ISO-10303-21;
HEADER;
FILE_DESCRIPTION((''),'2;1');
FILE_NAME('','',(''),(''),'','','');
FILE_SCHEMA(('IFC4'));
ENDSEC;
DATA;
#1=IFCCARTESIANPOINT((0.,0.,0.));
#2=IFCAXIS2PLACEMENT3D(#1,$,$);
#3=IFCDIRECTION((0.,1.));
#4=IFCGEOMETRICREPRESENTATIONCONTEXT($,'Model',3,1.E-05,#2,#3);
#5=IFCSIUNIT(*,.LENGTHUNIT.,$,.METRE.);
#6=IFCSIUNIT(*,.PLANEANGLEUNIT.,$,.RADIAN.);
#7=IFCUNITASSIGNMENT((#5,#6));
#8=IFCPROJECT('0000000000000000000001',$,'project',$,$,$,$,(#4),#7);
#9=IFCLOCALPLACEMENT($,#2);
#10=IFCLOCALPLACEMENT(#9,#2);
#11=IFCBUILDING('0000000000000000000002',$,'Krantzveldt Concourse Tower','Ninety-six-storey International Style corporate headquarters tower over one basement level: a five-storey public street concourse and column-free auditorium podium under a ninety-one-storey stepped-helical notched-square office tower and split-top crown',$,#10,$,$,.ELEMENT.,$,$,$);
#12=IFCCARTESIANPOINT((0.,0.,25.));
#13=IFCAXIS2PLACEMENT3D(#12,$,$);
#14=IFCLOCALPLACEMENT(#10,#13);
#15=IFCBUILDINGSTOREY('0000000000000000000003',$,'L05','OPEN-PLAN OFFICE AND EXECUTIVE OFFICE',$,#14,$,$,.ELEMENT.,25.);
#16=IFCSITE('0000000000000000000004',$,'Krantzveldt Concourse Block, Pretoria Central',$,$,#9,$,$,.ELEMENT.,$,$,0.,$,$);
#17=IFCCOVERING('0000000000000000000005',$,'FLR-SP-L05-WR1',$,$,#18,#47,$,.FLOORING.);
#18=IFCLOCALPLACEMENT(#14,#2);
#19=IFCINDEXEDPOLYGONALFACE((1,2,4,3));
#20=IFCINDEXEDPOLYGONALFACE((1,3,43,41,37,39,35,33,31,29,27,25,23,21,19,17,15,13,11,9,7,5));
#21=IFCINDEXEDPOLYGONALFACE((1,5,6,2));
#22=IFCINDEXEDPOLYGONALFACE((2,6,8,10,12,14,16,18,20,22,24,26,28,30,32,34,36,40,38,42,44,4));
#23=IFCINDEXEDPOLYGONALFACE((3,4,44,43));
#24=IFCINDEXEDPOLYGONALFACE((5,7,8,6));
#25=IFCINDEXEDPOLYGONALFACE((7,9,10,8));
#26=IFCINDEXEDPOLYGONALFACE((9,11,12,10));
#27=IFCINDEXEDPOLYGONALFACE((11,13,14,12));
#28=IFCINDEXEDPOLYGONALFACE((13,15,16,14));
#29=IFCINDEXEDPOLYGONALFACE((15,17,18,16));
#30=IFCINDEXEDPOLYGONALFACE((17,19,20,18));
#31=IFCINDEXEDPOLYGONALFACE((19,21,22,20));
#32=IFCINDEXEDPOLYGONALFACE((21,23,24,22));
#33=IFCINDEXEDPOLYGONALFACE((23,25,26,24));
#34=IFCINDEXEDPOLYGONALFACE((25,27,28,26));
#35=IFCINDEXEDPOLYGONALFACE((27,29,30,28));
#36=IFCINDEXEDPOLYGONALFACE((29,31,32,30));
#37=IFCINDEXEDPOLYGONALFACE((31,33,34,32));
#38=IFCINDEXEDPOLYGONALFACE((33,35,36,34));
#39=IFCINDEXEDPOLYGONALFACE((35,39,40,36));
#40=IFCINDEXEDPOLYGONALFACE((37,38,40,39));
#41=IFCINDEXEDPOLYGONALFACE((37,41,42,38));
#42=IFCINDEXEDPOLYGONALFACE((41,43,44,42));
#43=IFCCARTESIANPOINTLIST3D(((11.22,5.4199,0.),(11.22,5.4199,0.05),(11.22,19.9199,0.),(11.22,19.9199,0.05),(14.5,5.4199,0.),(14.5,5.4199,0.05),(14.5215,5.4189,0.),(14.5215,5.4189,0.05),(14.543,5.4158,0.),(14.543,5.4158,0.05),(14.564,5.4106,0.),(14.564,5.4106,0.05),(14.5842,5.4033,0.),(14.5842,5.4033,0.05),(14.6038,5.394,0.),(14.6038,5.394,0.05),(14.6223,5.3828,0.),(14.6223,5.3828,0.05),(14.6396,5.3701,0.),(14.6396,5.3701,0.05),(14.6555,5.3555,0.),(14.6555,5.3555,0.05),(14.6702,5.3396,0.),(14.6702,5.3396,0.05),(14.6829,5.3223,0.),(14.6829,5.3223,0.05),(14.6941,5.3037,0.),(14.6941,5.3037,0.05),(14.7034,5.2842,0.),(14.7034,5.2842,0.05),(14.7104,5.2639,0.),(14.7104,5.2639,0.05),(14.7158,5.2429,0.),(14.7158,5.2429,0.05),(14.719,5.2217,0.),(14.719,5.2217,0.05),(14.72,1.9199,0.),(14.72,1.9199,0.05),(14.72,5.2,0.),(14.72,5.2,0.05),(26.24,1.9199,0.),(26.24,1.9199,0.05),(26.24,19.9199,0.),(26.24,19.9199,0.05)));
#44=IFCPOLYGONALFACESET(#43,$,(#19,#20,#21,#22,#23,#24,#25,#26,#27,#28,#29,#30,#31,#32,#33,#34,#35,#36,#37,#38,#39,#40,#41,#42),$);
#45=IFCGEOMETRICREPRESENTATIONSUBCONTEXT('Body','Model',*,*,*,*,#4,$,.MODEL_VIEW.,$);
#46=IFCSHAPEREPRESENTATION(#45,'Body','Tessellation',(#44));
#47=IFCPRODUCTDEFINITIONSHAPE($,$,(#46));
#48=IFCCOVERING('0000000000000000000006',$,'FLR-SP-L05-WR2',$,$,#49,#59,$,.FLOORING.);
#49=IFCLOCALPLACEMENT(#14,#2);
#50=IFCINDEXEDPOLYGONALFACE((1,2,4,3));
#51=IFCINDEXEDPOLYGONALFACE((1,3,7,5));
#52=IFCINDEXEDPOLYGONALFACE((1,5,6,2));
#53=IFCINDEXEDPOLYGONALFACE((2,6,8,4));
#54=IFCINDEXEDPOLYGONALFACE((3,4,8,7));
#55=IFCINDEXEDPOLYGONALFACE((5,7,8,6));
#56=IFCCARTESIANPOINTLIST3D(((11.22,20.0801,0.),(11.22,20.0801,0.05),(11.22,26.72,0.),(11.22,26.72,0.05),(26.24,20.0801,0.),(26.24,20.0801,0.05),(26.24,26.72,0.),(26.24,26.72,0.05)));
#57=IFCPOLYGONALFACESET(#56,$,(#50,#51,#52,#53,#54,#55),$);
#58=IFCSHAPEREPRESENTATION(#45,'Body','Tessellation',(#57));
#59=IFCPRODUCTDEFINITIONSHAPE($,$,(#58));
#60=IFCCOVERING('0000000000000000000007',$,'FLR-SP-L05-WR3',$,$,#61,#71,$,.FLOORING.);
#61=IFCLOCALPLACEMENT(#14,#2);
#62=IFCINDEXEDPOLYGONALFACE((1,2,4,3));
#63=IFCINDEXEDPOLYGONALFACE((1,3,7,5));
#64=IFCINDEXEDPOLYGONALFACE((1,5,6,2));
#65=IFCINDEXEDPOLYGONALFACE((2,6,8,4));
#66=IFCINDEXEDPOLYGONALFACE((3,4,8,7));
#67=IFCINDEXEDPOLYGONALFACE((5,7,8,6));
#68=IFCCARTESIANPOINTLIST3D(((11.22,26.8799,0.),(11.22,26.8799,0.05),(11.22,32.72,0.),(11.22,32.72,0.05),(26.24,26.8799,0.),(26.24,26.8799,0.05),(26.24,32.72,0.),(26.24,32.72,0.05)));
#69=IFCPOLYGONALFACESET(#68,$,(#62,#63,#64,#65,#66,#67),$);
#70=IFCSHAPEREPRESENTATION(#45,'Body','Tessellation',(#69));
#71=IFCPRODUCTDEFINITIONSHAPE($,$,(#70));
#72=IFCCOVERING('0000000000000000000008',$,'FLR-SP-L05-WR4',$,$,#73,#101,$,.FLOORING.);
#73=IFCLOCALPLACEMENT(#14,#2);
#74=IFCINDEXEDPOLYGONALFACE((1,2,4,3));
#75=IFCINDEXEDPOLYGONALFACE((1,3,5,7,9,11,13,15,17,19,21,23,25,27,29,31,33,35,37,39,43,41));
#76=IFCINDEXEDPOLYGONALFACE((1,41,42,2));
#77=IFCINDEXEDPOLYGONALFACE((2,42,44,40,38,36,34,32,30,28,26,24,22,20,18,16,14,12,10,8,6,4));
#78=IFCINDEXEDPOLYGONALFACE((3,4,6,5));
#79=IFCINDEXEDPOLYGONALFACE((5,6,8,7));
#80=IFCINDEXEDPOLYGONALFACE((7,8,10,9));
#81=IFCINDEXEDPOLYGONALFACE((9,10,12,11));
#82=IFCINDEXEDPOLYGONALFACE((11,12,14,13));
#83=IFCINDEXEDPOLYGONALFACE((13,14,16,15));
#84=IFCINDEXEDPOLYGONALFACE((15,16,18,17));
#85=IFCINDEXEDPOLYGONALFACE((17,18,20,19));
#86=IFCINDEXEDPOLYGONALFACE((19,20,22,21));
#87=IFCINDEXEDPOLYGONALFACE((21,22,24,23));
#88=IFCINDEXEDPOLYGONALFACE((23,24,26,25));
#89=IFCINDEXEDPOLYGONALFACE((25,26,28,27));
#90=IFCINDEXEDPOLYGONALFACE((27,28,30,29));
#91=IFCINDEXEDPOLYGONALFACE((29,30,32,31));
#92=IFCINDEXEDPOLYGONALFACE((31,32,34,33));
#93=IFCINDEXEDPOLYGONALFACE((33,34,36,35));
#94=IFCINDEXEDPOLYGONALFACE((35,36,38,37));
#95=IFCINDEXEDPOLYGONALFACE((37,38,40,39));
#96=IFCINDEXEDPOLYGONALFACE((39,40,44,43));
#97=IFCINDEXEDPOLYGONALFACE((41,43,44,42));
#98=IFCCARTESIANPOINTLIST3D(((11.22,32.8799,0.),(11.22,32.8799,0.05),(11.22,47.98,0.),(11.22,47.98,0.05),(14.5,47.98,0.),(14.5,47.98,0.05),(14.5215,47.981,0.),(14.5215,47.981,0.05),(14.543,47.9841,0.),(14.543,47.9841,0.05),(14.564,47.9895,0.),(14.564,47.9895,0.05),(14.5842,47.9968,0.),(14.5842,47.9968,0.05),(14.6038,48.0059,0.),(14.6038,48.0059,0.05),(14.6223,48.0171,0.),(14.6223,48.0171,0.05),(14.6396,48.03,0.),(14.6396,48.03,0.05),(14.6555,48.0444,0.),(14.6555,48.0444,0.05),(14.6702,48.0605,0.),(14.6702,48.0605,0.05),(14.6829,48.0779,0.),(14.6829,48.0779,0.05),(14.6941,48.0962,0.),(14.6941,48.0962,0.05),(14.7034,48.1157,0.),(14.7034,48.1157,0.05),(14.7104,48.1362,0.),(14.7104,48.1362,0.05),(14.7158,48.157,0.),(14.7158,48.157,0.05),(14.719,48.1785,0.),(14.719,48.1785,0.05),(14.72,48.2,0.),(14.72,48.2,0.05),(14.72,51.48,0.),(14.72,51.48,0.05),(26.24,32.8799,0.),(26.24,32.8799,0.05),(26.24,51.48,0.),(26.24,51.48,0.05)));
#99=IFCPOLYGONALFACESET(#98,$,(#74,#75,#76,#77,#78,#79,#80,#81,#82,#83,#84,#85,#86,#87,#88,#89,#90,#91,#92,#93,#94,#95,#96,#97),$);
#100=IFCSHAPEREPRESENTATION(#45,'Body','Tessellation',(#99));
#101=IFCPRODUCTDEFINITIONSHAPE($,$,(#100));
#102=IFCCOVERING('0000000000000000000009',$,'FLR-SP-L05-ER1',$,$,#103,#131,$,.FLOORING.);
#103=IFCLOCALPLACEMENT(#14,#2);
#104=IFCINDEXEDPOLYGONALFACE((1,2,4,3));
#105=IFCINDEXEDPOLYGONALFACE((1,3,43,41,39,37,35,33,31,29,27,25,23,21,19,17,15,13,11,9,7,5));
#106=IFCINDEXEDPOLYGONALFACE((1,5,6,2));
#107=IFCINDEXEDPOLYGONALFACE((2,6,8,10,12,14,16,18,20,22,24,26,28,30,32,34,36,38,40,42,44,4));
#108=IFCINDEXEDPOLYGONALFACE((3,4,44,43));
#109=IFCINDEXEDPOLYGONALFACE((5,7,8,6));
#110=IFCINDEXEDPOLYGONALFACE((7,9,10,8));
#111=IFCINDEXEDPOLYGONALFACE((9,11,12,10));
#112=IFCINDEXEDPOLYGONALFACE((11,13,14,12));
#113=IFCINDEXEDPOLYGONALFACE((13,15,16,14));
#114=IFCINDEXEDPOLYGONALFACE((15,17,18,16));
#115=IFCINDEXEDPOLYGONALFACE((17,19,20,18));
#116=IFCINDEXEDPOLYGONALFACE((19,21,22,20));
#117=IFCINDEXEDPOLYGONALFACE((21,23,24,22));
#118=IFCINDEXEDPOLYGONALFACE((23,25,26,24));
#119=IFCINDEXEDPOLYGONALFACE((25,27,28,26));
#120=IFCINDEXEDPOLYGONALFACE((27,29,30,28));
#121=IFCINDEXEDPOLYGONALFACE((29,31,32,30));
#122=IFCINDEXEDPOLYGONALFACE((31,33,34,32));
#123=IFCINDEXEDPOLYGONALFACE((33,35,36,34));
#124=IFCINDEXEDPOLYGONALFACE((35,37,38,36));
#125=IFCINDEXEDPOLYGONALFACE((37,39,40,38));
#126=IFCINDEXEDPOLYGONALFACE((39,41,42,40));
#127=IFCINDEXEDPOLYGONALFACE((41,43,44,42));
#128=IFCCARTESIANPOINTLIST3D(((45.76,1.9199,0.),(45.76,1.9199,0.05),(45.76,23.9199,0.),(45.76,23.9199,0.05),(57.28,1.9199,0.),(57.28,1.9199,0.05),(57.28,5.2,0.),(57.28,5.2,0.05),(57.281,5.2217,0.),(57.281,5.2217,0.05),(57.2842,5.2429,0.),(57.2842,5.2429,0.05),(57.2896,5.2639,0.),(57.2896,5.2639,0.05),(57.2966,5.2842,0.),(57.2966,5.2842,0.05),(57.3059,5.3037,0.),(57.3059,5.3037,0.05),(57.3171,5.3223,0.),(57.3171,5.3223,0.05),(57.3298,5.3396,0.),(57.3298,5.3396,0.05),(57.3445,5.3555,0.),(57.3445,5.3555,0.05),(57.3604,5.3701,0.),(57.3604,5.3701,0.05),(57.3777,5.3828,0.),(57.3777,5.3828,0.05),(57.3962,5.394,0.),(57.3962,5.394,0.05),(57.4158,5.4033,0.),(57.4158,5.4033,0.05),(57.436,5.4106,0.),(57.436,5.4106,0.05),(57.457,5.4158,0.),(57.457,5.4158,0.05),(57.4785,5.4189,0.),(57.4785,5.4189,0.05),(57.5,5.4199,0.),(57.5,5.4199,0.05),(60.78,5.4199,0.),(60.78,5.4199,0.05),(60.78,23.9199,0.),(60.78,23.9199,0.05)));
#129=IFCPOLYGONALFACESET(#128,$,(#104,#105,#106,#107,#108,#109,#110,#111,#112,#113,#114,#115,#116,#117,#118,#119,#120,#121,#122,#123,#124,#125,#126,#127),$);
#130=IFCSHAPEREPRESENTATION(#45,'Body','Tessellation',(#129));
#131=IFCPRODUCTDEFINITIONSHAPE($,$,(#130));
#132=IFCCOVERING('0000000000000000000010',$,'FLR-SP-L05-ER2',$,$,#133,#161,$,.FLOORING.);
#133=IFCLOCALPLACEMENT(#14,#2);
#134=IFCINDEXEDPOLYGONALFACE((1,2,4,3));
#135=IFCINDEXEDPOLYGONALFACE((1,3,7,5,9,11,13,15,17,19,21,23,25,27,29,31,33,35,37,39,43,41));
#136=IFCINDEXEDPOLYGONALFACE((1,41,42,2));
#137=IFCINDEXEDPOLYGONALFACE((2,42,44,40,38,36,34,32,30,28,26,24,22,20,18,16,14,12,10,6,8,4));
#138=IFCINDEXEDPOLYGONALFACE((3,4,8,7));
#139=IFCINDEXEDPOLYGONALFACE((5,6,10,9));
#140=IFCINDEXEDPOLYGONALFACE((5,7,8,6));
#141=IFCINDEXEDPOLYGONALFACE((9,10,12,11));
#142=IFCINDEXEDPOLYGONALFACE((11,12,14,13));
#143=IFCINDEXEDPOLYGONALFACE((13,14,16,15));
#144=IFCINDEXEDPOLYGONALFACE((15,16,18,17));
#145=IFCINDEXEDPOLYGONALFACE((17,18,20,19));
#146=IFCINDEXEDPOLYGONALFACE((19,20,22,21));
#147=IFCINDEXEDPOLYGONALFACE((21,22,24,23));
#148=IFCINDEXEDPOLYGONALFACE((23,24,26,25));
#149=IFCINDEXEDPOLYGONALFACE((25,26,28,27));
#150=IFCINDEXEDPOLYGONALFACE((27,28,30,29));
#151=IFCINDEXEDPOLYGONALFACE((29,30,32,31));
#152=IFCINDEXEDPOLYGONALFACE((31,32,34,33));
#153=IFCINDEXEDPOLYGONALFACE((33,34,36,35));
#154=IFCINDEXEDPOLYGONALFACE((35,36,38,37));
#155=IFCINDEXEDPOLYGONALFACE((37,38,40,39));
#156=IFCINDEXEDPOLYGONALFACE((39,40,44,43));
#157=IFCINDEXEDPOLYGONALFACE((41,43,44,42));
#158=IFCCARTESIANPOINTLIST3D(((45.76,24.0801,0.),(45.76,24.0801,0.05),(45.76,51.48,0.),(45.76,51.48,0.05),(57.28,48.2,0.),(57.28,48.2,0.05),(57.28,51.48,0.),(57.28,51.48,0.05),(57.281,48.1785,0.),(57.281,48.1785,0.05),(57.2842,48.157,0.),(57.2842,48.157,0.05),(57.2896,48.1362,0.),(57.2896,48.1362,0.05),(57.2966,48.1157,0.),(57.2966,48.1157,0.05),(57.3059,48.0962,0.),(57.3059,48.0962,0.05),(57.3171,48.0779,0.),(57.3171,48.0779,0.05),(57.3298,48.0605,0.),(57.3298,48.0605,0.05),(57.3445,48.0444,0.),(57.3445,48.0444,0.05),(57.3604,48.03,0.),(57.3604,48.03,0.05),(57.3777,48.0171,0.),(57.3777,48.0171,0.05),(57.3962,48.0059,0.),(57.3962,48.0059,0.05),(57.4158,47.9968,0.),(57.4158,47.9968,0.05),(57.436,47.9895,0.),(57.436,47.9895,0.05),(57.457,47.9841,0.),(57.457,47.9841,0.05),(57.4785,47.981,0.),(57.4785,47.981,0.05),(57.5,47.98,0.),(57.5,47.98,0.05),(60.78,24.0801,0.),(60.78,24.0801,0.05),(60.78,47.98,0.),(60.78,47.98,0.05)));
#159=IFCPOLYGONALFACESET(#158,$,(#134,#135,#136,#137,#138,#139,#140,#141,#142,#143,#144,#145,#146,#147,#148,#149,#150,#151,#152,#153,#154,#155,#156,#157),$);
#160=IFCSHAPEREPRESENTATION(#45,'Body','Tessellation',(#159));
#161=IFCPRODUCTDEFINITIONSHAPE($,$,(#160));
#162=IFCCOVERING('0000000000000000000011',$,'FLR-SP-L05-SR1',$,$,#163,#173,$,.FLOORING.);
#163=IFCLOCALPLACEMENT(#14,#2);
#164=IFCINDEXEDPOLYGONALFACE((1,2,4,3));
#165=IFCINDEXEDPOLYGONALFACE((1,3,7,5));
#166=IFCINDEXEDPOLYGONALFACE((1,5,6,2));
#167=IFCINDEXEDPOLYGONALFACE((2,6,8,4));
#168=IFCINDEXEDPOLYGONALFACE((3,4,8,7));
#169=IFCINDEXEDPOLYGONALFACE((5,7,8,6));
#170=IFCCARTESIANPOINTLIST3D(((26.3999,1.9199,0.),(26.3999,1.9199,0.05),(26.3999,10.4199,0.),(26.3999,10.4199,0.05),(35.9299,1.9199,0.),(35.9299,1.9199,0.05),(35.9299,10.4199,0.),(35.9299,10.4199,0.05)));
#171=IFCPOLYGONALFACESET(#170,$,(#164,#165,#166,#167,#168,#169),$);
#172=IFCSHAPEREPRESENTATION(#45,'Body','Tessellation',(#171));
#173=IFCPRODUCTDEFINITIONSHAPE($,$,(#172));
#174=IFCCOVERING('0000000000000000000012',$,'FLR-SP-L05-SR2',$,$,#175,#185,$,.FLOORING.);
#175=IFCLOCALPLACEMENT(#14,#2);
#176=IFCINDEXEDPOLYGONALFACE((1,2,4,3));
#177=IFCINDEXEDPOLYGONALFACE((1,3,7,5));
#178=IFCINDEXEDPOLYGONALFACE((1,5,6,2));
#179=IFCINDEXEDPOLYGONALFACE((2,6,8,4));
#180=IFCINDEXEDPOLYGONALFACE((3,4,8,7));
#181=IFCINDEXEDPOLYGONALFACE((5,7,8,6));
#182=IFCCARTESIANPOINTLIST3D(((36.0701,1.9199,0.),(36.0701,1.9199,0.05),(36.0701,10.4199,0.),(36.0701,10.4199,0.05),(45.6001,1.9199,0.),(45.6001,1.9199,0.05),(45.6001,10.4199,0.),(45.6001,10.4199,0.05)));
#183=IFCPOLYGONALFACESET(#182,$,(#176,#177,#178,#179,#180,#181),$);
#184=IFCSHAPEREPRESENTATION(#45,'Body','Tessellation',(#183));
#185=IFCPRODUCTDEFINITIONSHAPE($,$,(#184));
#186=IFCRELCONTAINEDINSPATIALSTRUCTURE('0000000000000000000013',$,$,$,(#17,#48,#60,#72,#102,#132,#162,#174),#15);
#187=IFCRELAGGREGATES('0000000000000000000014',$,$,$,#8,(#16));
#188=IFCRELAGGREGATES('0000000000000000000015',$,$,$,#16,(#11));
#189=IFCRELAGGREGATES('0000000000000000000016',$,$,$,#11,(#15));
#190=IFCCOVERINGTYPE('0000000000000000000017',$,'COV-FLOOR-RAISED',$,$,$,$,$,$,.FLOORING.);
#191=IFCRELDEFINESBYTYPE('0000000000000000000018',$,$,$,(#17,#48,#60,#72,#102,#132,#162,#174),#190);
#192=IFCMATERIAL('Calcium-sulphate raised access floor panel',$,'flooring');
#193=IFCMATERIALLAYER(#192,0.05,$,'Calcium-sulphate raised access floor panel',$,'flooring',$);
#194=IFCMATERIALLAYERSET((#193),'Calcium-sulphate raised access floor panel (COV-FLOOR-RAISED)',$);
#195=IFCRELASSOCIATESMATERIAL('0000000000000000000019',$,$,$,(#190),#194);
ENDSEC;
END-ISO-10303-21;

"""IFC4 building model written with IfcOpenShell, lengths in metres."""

from ifc_helpers import new_model, si_unit, direction, frame, origin, place, context, subcontext, project, spatial, polyline, outline, extrude, material, layer, layer_set, type_object, element, save


model = new_model("IFC4")

# Units and contexts
model_context = context("Model", 3, precision=1e-05, world=origin(), true_north=direction((0.0, 1.0)))
body_context = subcontext(model_context, "Body", "Model", "MODEL_VIEW")
ifc_project = project(units=[si_unit("LENGTHUNIT", "METRE"), si_unit("PLANEANGLEUNIT", "RADIAN")], contexts=[model_context])

# Site, building, storey
site_placement = place(None, origin())
site = spatial("IfcSite", under=ifc_project, at=site_placement, Name="Krantzveldt Concourse Block, Pretoria Central", CompositionType="ELEMENT", RefElevation=0.0)
building_placement = place(site_placement, origin())
building = spatial("IfcBuilding", under=site, at=building_placement, Name="Krantzveldt Concourse Tower", Description="Ninety-six-storey International Style corporate headquarters tower over one basement level: a five-storey public street concourse and column-free auditorium podium under a ninety-one-storey stepped-helical notched-square office tower and split-top crown", CompositionType="ELEMENT")
storey_placement = place(building_placement, frame((0.0, 0.0, 25.0)))
storey = spatial("IfcBuildingStorey", under=building, at=storey_placement, Name="L05", Description="OPEN-PLAN OFFICE AND EXECUTIVE OFFICE", CompositionType="ELEMENT", Elevation=25.0)

# Coverings
ifc_material_1 = material(Name="Calcium-sulphate raised access floor panel", Category="flooring")
ifc_layer_1 = layer(ifc_material_1, 0.05, Name="Calcium-sulphate raised access floor panel", Category="flooring")
ifc_layer_set_1 = layer_set([ifc_layer_1], Name="Calcium-sulphate raised access floor panel (COV-FLOOR-RAISED)")
covering_type_1 = type_object("IfcCoveringType", Name="COV-FLOOR-RAISED", PredefinedType="FLOORING", material=ifc_layer_set_1)
covering_1_placement = place(storey_placement, origin())
element("IfcCovering", 1, at=covering_1_placement, inside=storey, type_object=covering_type_1, Name="FLR-SP-L05-WR1", PredefinedType="FLOORING", context=body_context, shape_type="SweptSolid", body=[
    extrude(outline(polyline([(26.24, 1.9199), (14.72, 1.9199), (14.72, 5.2), (14.719, 5.2217), (14.7158, 5.2429), (14.7104, 5.2639), (14.7034, 5.2842), (14.6941, 5.3037), (14.6829, 5.3223), (14.6702, 5.3396), (14.6555, 5.3555), (14.6396, 5.3701), (14.6223, 5.3828), (14.6038, 5.394), (14.5842, 5.4033), (14.564, 5.4106), (14.543, 5.4158), (14.5215, 5.4189), (14.5, 5.4199), (11.22, 5.4199), (11.22, 19.9199), (26.24, 19.9199), (26.24, 1.9199)])), origin(), (0.0, 0.0, 1.0), 0.05),
])
covering_2_placement = place(storey_placement, origin())
element("IfcCovering", 2, at=covering_2_placement, inside=storey, type_object=covering_type_1, Name="FLR-SP-L05-WR2", PredefinedType="FLOORING", context=body_context, shape_type="SweptSolid", body=[
    extrude(outline(polyline([(26.24, 20.0801), (11.22, 20.0801), (11.22, 26.72), (26.24, 26.72), (26.24, 20.0801)])), origin(), (0.0, 0.0, 1.0), 0.05),
])
covering_3_placement = place(storey_placement, origin())
element("IfcCovering", 3, at=covering_3_placement, inside=storey, type_object=covering_type_1, Name="FLR-SP-L05-WR3", PredefinedType="FLOORING", context=body_context, shape_type="SweptSolid", body=[
    extrude(outline(polyline([(26.24, 26.8799), (11.22, 26.8799), (11.22, 32.72), (26.24, 32.72), (26.24, 26.8799)])), origin(), (0.0, 0.0, 1.0), 0.05),
])
covering_4_placement = place(storey_placement, origin())
element("IfcCovering", 4, at=covering_4_placement, inside=storey, type_object=covering_type_1, Name="FLR-SP-L05-WR4", PredefinedType="FLOORING", context=body_context, shape_type="SweptSolid", body=[
    extrude(outline(polyline([(11.22, 32.8799), (11.22, 47.98), (14.5, 47.98), (14.5215, 47.981), (14.543, 47.9841), (14.564, 47.9895), (14.5842, 47.9968), (14.6038, 48.0059), (14.6223, 48.0171), (14.6396, 48.03), (14.6555, 48.0444), (14.6702, 48.0605), (14.6829, 48.0779), (14.6941, 48.0962), (14.7034, 48.1157), (14.7104, 48.1362), (14.7158, 48.157), (14.719, 48.1785), (14.72, 48.2), (14.72, 51.48), (26.24, 51.48), (26.24, 32.8799), (11.22, 32.8799)])), origin(), (0.0, 0.0, 1.0), 0.05),
])
covering_5_placement = place(storey_placement, origin())
element("IfcCovering", 5, at=covering_5_placement, inside=storey, type_object=covering_type_1, Name="FLR-SP-L05-ER1", PredefinedType="FLOORING", context=body_context, shape_type="SweptSolid", body=[
    extrude(outline(polyline([(60.78, 23.9199), (60.78, 5.4199), (57.5, 5.4199), (57.4785, 5.4189), (57.457, 5.4158), (57.436, 5.4106), (57.4158, 5.4033), (57.3962, 5.394), (57.3777, 5.3828), (57.3604, 5.3701), (57.3445, 5.3555), (57.3298, 5.3396), (57.3171, 5.3223), (57.3059, 5.3037), (57.2966, 5.2842), (57.2896, 5.2639), (57.2842, 5.2429), (57.281, 5.2217), (57.28, 5.2), (57.28, 1.9199), (45.76, 1.9199), (45.76, 23.9199), (60.78, 23.9199)])), origin(), (0.0, 0.0, 1.0), 0.05),
])
covering_6_placement = place(storey_placement, origin())
element("IfcCovering", 6, at=covering_6_placement, inside=storey, type_object=covering_type_1, Name="FLR-SP-L05-ER2", PredefinedType="FLOORING", context=body_context, shape_type="SweptSolid", body=[
    extrude(outline(polyline([(45.76, 51.48), (57.28, 51.48), (57.28, 48.2), (57.281, 48.1785), (57.2842, 48.157), (57.2896, 48.1362), (57.2966, 48.1157), (57.3059, 48.0962), (57.3171, 48.0779), (57.3298, 48.0605), (57.3445, 48.0444), (57.3604, 48.03), (57.3777, 48.0171), (57.3962, 48.0059), (57.4158, 47.9968), (57.436, 47.9895), (57.457, 47.9841), (57.4785, 47.981), (57.5, 47.98), (60.78, 47.98), (60.78, 24.0801), (45.76, 24.0801), (45.76, 51.48)])), origin(), (0.0, 0.0, 1.0), 0.05),
])
covering_7_placement = place(storey_placement, origin())
element("IfcCovering", 7, at=covering_7_placement, inside=storey, type_object=covering_type_1, Name="FLR-SP-L05-SR1", PredefinedType="FLOORING", context=body_context, shape_type="SweptSolid", body=[
    extrude(outline(polyline([(35.9299, 1.9199), (26.3999, 1.9199), (26.3999, 10.4199), (35.9299, 10.4199), (35.9299, 1.9199)])), origin(), (0.0, 0.0, 1.0), 0.05),
])
covering_8_placement = place(storey_placement, origin())
element("IfcCovering", 8, at=covering_8_placement, inside=storey, type_object=covering_type_1, Name="FLR-SP-L05-SR2", PredefinedType="FLOORING", context=body_context, shape_type="SweptSolid", body=[
    extrude(outline(polyline([(36.0701, 1.9199), (36.0701, 10.4199), (45.6001, 10.4199), (45.6001, 1.9199), (36.0701, 1.9199)])), origin(), (0.0, 0.0, 1.0), 0.05),
])

save(model, "model.ifc")
